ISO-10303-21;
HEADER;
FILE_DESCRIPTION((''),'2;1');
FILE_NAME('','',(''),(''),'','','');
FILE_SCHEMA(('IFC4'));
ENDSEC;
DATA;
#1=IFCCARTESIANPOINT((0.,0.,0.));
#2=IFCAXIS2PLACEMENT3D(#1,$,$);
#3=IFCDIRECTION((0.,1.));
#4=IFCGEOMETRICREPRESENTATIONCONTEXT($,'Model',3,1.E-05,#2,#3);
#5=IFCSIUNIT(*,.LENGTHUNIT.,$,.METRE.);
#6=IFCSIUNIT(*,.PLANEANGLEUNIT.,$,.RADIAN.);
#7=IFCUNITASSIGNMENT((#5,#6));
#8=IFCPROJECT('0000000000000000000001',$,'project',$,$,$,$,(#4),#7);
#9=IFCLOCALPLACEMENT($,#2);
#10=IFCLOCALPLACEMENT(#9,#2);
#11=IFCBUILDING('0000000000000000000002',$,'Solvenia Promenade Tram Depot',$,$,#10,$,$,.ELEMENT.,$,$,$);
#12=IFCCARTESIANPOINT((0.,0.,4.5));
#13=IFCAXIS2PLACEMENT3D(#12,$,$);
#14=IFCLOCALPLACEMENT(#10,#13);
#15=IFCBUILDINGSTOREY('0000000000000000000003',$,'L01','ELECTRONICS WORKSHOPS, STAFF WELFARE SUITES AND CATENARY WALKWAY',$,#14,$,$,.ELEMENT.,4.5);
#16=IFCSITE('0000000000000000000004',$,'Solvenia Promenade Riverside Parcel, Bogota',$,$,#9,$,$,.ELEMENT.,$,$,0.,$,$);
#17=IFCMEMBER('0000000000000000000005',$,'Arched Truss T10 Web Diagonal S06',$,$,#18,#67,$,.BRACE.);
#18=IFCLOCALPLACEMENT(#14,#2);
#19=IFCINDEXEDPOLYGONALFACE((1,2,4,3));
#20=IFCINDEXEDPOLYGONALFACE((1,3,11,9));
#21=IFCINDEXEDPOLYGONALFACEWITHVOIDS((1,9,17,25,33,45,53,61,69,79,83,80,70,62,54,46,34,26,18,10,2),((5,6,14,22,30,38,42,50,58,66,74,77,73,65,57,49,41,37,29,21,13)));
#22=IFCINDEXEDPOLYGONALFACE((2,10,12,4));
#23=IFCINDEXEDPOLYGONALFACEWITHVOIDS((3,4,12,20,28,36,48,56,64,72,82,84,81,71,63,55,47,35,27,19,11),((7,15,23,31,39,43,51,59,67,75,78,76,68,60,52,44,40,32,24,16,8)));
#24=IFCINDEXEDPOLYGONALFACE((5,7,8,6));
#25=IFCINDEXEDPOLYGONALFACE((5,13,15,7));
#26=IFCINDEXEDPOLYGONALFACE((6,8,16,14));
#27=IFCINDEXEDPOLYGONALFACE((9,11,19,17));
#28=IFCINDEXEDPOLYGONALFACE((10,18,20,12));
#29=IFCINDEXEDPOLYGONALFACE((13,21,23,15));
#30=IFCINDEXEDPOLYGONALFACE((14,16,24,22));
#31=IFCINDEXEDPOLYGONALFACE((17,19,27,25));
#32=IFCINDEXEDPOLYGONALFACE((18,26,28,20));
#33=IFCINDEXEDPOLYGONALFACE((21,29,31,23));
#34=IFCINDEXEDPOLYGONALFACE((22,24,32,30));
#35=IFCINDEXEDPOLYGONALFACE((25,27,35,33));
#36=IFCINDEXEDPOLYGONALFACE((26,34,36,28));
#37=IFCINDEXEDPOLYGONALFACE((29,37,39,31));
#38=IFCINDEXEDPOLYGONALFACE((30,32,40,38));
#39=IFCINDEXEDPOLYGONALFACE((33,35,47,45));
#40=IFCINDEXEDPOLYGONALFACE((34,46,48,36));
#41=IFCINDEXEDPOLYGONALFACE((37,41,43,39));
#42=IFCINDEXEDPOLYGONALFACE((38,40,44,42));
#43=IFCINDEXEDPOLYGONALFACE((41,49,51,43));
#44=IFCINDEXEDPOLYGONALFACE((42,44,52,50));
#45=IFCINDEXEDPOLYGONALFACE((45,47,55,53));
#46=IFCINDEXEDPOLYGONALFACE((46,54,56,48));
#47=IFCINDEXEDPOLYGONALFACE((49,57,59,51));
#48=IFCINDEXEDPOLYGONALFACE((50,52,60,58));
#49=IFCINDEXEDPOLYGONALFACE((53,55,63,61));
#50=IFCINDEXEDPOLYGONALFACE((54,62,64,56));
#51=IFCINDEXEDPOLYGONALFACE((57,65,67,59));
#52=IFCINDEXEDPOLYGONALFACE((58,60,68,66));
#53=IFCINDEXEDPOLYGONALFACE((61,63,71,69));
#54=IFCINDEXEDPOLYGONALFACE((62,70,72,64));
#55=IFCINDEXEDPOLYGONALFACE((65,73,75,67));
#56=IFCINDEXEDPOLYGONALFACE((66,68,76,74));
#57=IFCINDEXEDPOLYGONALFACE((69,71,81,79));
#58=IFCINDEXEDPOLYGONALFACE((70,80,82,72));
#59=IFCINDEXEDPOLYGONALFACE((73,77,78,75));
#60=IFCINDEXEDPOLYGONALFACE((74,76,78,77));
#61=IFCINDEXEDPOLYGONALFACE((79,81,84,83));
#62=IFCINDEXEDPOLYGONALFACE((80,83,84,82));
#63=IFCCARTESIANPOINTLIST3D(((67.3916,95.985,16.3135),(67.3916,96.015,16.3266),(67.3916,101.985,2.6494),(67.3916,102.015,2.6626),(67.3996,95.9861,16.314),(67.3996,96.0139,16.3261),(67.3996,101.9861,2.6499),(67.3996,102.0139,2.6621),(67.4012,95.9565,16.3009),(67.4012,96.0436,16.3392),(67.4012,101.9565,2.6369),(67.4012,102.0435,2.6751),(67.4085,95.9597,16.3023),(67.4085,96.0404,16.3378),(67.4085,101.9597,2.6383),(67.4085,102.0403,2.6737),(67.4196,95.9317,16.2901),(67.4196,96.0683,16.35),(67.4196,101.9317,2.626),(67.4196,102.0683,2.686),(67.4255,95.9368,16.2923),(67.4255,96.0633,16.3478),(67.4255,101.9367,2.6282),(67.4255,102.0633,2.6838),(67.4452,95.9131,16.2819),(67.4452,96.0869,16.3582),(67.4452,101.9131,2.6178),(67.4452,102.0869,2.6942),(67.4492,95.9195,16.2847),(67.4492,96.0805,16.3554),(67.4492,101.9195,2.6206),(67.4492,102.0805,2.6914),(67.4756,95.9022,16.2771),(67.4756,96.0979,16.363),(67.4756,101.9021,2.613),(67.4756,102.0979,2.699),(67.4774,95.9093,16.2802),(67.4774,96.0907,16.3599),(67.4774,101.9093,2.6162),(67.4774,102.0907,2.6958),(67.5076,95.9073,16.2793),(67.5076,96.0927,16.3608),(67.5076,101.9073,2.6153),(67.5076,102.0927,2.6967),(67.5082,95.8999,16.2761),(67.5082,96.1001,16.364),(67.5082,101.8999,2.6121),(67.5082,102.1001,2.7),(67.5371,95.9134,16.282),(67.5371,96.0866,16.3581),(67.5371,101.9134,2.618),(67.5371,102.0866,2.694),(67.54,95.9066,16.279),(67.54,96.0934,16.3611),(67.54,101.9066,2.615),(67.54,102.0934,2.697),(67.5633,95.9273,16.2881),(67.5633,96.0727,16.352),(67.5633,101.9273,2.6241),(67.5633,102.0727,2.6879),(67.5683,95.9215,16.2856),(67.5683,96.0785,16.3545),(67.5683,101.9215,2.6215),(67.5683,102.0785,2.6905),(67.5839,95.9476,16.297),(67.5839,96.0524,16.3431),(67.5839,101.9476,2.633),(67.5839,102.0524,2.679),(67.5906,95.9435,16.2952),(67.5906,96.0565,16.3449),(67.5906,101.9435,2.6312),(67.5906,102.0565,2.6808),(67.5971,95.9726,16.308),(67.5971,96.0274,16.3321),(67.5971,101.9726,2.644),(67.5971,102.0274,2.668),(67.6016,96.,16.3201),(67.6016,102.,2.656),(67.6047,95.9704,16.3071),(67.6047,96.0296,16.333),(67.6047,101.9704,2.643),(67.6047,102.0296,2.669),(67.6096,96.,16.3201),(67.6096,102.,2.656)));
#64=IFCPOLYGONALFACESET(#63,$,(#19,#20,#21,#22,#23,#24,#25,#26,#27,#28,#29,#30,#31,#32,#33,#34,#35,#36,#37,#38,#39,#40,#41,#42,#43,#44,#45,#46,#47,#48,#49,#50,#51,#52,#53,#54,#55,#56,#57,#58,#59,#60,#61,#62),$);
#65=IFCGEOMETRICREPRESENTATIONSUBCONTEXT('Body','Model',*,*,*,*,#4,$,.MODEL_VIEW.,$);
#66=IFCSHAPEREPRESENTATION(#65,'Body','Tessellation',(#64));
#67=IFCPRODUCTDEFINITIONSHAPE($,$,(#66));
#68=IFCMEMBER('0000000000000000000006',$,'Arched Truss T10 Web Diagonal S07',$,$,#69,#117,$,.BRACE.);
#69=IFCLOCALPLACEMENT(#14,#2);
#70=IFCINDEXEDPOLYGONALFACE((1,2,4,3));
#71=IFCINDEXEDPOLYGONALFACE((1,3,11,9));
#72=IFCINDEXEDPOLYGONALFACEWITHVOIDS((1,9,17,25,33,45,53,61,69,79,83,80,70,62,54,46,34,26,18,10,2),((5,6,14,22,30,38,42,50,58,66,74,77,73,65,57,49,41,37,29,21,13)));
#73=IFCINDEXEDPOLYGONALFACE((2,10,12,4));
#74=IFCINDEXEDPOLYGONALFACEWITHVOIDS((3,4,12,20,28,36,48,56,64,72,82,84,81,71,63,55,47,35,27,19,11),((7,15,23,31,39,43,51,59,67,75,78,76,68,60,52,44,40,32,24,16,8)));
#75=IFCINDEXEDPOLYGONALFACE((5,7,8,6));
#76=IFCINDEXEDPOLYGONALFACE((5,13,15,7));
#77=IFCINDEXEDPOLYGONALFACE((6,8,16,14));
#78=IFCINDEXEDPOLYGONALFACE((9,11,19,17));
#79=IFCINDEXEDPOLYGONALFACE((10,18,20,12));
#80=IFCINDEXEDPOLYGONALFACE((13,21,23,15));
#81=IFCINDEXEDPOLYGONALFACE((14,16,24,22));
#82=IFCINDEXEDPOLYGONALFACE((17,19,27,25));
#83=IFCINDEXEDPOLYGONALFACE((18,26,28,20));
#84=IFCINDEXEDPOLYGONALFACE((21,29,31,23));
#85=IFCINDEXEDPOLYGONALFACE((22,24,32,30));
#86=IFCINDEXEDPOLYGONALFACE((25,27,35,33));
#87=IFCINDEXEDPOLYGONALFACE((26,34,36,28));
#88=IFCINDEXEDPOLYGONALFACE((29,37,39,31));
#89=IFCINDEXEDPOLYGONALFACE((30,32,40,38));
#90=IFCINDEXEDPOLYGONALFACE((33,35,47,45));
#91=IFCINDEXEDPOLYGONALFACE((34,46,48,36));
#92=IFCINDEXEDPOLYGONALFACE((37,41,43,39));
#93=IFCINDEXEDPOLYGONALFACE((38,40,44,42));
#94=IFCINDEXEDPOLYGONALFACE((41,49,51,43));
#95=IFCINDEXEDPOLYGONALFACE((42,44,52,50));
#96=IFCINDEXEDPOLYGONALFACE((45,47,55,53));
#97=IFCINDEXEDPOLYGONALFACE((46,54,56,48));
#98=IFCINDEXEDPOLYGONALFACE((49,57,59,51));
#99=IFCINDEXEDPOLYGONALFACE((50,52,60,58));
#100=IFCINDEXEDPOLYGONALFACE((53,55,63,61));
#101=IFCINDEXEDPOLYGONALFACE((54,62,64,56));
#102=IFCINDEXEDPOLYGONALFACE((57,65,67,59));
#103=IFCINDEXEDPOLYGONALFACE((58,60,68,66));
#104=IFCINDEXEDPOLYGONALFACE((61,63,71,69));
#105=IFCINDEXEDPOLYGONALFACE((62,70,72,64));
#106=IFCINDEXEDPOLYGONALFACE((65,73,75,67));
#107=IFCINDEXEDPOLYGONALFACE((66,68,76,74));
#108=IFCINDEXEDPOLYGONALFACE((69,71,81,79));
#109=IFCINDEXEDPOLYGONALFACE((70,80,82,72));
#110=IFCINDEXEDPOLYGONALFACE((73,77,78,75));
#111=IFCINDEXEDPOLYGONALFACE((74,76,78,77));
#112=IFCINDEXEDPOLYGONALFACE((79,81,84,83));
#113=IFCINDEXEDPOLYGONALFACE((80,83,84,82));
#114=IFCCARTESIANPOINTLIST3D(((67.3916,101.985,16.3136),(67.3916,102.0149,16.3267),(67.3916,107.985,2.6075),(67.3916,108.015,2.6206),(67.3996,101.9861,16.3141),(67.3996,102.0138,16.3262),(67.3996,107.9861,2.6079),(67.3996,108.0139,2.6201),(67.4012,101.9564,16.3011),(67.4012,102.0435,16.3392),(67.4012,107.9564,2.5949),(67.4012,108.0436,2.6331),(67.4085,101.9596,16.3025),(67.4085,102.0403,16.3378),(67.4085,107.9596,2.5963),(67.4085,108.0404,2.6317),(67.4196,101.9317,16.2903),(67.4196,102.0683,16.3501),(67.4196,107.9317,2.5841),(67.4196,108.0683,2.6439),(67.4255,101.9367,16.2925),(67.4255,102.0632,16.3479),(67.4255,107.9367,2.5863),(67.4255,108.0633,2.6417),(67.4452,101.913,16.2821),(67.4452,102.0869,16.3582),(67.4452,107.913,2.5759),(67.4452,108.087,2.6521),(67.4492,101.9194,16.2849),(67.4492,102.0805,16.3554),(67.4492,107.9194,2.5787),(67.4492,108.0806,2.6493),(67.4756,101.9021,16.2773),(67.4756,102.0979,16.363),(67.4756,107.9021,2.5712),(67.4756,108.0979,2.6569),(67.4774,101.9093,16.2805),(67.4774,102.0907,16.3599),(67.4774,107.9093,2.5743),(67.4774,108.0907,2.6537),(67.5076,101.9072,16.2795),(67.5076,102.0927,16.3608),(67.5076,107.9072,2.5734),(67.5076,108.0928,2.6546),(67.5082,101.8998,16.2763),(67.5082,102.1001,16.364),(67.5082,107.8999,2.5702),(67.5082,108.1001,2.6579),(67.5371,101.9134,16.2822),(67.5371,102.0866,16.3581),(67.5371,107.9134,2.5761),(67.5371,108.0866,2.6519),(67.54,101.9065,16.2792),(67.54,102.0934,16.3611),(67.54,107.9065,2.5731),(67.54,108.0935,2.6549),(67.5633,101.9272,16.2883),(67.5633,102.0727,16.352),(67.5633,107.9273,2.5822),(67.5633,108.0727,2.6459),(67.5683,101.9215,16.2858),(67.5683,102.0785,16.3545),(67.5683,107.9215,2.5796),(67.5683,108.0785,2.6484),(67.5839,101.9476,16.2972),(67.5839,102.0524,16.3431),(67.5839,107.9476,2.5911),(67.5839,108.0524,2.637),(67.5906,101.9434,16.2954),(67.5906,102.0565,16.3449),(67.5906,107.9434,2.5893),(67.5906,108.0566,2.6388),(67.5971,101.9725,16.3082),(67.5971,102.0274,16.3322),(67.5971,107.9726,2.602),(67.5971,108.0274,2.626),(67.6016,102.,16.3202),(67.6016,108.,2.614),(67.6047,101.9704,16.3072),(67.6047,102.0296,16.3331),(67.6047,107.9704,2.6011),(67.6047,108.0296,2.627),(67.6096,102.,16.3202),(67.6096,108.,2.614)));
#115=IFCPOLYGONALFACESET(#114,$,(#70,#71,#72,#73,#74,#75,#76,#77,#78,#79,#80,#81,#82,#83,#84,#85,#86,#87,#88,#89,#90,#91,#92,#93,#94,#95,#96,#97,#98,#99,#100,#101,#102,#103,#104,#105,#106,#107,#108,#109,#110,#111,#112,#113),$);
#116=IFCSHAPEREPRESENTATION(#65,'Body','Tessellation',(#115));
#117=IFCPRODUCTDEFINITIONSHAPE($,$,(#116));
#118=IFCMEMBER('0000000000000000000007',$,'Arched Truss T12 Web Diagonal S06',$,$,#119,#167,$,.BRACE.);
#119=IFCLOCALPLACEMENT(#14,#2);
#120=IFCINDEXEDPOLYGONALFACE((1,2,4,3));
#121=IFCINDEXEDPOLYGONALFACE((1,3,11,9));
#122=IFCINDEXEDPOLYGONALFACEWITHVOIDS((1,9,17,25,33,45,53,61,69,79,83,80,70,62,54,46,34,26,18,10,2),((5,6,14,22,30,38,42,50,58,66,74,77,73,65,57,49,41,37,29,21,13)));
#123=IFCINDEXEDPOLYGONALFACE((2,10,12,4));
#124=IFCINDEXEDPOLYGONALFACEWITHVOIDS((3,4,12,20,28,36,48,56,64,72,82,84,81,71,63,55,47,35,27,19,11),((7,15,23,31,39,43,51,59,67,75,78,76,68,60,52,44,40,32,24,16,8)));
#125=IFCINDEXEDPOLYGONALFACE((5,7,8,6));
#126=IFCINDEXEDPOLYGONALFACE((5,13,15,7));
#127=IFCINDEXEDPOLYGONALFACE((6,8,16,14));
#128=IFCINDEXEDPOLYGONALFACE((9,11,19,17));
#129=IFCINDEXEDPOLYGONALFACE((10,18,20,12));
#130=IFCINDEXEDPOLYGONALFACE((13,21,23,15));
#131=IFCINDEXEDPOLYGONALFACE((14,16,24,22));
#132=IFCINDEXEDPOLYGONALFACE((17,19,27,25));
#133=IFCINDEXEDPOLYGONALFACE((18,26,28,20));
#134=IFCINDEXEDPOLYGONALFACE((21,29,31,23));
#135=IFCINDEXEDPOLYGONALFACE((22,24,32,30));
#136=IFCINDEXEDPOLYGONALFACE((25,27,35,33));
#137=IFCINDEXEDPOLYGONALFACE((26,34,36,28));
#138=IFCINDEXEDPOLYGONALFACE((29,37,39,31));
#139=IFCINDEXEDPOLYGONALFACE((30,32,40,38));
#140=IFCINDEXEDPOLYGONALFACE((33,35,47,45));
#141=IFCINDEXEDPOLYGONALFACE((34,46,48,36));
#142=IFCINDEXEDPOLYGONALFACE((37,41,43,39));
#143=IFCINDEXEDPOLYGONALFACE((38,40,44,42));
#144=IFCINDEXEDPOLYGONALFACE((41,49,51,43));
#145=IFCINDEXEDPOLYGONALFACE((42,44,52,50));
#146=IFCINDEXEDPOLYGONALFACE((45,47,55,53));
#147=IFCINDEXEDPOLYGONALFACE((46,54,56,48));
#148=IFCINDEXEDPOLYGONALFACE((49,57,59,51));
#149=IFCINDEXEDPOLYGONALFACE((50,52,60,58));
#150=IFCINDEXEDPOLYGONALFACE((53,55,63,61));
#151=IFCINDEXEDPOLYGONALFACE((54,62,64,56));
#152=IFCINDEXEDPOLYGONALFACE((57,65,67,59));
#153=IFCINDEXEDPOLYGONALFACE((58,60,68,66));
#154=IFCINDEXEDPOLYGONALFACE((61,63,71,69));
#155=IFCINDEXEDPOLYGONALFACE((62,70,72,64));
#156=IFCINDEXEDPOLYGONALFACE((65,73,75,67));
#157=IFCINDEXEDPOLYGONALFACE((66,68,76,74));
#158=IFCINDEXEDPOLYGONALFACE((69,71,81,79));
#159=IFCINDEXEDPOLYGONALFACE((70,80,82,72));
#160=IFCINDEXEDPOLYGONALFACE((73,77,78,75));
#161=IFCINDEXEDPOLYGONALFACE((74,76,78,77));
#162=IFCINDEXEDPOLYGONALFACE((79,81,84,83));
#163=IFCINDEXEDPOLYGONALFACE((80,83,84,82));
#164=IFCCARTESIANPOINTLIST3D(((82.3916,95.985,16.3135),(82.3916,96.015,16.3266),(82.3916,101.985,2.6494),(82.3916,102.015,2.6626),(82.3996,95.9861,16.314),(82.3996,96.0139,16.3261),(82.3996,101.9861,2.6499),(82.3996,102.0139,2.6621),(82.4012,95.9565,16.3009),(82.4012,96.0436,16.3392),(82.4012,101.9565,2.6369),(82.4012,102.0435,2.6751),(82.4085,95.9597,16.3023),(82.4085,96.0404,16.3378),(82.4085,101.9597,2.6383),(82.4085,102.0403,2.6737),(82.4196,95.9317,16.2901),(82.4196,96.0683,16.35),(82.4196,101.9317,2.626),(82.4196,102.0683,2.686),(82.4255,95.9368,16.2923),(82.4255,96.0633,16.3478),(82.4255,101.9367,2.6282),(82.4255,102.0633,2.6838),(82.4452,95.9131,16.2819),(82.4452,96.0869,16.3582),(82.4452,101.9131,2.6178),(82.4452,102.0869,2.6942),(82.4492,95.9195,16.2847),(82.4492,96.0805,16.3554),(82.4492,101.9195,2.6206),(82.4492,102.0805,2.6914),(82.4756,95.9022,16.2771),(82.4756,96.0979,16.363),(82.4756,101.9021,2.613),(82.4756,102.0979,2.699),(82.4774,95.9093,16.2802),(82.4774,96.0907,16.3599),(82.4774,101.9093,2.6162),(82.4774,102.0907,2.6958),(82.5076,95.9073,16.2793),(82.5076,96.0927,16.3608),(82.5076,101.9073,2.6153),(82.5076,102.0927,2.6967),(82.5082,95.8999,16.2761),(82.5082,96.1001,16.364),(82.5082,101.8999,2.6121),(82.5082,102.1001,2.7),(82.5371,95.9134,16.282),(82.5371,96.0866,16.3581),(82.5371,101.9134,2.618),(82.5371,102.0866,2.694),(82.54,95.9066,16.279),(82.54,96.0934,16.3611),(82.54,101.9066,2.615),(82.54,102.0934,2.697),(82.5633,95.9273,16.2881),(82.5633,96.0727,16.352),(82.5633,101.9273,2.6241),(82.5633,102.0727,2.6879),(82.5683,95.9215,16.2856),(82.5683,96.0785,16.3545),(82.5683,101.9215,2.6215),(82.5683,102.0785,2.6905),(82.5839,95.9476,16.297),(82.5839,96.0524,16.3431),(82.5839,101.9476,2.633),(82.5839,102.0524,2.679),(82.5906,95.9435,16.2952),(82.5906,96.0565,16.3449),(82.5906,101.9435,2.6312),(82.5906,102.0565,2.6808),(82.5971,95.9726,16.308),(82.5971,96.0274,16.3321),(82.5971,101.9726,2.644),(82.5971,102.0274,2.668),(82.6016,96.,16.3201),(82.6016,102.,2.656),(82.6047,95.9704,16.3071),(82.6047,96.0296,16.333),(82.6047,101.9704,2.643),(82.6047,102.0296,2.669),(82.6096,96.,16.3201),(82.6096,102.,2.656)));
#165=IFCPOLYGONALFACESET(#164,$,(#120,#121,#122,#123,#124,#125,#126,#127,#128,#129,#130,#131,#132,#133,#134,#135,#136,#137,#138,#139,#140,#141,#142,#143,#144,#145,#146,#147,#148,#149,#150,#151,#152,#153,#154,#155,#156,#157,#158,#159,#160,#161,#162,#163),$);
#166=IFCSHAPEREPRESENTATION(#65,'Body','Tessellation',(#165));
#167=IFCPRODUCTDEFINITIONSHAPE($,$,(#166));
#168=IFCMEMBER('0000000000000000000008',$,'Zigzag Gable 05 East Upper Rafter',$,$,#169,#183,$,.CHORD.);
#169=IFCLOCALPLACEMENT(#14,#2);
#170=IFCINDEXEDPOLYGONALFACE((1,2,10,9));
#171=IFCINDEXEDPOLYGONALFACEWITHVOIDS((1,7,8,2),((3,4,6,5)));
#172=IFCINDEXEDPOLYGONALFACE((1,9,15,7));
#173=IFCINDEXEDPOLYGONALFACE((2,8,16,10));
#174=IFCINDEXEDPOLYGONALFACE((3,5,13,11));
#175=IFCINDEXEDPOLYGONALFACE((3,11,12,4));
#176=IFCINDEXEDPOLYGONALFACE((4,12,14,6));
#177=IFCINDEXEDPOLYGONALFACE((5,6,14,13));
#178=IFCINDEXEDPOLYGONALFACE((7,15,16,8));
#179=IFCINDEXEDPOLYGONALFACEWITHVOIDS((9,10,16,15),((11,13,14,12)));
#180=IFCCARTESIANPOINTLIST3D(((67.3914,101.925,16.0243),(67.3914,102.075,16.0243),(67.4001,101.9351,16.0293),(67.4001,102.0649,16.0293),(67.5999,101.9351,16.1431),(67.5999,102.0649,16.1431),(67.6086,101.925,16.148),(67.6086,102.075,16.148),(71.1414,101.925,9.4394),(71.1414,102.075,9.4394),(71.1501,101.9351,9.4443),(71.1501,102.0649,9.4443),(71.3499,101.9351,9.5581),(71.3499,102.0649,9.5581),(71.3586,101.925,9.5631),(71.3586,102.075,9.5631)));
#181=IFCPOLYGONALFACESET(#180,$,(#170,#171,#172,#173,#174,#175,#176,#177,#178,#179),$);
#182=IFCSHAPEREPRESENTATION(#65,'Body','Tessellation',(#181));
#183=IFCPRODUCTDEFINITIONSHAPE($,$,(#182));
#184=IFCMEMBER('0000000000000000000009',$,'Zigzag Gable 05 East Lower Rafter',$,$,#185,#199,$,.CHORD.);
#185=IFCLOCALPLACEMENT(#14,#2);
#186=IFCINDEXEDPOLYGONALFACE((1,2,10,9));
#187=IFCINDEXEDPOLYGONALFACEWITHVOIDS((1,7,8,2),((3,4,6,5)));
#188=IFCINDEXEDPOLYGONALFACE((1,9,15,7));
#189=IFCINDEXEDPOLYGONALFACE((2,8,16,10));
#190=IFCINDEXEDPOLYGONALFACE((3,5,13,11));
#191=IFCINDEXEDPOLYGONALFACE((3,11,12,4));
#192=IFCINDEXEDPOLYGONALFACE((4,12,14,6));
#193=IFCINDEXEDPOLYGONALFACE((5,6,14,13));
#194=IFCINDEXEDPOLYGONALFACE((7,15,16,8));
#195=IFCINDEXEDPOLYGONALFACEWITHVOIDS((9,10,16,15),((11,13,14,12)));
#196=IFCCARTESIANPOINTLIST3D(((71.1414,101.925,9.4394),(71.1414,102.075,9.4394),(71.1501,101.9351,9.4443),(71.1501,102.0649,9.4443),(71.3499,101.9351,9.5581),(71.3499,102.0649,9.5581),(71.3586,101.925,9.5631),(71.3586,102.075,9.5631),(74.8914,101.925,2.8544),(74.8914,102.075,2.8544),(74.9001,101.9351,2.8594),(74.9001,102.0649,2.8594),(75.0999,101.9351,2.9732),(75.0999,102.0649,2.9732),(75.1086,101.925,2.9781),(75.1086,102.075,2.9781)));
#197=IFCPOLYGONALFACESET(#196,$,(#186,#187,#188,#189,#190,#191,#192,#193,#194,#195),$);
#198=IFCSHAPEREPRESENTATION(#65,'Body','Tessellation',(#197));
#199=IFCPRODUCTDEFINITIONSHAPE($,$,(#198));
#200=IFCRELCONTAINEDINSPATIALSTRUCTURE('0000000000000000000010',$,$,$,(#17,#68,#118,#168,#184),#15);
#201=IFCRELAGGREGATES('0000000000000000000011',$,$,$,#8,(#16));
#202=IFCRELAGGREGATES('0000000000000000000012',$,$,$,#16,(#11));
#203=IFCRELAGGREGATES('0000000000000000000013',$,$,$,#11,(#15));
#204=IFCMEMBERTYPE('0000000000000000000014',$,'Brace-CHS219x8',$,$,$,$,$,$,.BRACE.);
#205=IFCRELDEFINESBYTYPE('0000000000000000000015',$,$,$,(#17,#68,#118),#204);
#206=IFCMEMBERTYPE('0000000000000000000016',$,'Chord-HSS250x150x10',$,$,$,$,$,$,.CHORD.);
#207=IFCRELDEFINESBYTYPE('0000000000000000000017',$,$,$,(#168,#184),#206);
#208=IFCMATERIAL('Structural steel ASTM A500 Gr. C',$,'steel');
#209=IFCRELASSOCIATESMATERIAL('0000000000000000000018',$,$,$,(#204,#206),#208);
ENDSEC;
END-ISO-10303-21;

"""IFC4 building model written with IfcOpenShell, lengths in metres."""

from ifc_helpers import new_model, si_unit, direction, frame, origin, origin_2d, place, context, subcontext, project, spatial, hollow_rectangle, hollow_circle, extrude, material, material_profile, profile_set, type_object, element, save


model = new_model("IFC4")

# Units and contexts
model_context = context("Model", 3, precision=1e-05, world=origin(), true_north=direction((0.0, 1.0)))
body_context = subcontext(model_context, "Body", "Model", "MODEL_VIEW")
ifc_project = project(units=[si_unit("LENGTHUNIT", "METRE"), si_unit("PLANEANGLEUNIT", "RADIAN")], contexts=[model_context])

# Site, building, storey
site_placement = place(None, origin())
site = spatial("IfcSite", under=ifc_project, at=site_placement, Name="Solvenia Promenade Riverside Parcel, Bogota", CompositionType="ELEMENT", RefElevation=0.0)
building_placement = place(site_placement, origin())
building = spatial("IfcBuilding", under=site, at=building_placement, Name="Solvenia Promenade Tram Depot", CompositionType="ELEMENT")
storey_placement = place(building_placement, frame((0.0, 0.0, 4.5)))
storey = spatial("IfcBuildingStorey", under=building, at=storey_placement, Name="L01", Description="ELECTRONICS WORKSHOPS, STAFF WELFARE SUITES AND CATENARY WALKWAY", CompositionType="ELEMENT", Elevation=4.5)

# Members
ifc_material_1 = material(Name="Structural steel ASTM A500 Gr. C", Category="steel")
ifc_material_profile_1 = material_profile(ifc_material_1, hollow_circle(Radius=0.1096, WallThickness=0.0081, at=origin_2d()), Name="CHS219.1x8", Category="steel")
ifc_profile_set_1 = profile_set([ifc_material_profile_1], Name="Structural steel ASTM A500 Gr. C")
member_type_1 = type_object("IfcMemberType", Name="Brace-CHS219x8", PredefinedType="BRACE", material=ifc_profile_set_1)
member_1_placement = place(storey_placement, frame((67.5, 102.0, 2.656), z_axis=(0.0, -0.402054, 0.915616), x_axis=(1.0, 0.0, 0.0)))
element("IfcMember", 1, at=member_1_placement, inside=storey, type_object=member_type_1, Name="Arched Truss T10 Web Diagonal S06", PredefinedType="BRACE", context=body_context, shape_type="SweptSolid", body=[
    extrude(hollow_circle(Radius=0.1096, WallThickness=0.0081, at=origin_2d()), origin(), (0.0, 0.0, 1.0), 14.9233),
])
member_2_placement = place(storey_placement, frame((67.5, 108.0, 2.614), z_axis=(0.0, -0.401021, 0.916069), x_axis=(1.0, 0.0, 0.0)))
element("IfcMember", 2, at=member_2_placement, inside=storey, type_object=member_type_1, Name="Arched Truss T10 Web Diagonal S07", PredefinedType="BRACE", context=body_context, shape_type="SweptSolid", body=[
    extrude(hollow_circle(Radius=0.1096, WallThickness=0.0081, at=origin_2d()), origin(), (0.0, 0.0, 1.0), 14.9619),
])
member_3_placement = place(storey_placement, frame((82.5, 102.0, 2.656), z_axis=(0.0, -0.402054, 0.915616), x_axis=(1.0, 0.0, 0.0)))
element("IfcMember", 3, at=member_3_placement, inside=storey, type_object=member_type_1, Name="Arched Truss T12 Web Diagonal S06", PredefinedType="BRACE", context=body_context, shape_type="SweptSolid", body=[
    extrude(hollow_circle(Radius=0.1096, WallThickness=0.0081, at=origin_2d()), origin(), (0.0, 0.0, 1.0), 14.9233),
])
ifc_material_profile_2 = material_profile(ifc_material_1, hollow_rectangle(XDim=0.1499, YDim=0.25, WallThickness=0.01, at=origin_2d()), Name="HSS250x150x10", Category="steel")
ifc_profile_set_2 = profile_set([ifc_material_profile_2], Name="Structural steel ASTM A500 Gr. C")
member_type_2 = type_object("IfcMemberType", Name="Chord-HSS250x150x10", PredefinedType="CHORD", material=ifc_profile_set_2)
for number, where, z_axis, x_axis, name in (
    (4, (67.5, 102.0, 16.0862), (0.494862, 0.0, -0.868972), (0.0, 1.0, 0.0), "Zigzag Gable 05 East Upper Rafter"),
    (5, (71.25, 102.0, 9.5012), (0.494862, 0.0, -0.868972), (0.0, 1.0, 0.0), "Zigzag Gable 05 East Lower Rafter"),
):
    element("IfcMember", number, at=place(storey_placement, frame(where, z_axis=z_axis, x_axis=x_axis)), inside=storey, type_object=member_type_2, Name=name, PredefinedType="CHORD", context=body_context, shape_type="SweptSolid", body=[
        extrude(hollow_rectangle(XDim=0.1499, YDim=0.25, WallThickness=0.01, at=origin_2d()), origin(), (0.0, 0.0, 1.0), 7.5779),
    ])

save(model, "model.ifc")
